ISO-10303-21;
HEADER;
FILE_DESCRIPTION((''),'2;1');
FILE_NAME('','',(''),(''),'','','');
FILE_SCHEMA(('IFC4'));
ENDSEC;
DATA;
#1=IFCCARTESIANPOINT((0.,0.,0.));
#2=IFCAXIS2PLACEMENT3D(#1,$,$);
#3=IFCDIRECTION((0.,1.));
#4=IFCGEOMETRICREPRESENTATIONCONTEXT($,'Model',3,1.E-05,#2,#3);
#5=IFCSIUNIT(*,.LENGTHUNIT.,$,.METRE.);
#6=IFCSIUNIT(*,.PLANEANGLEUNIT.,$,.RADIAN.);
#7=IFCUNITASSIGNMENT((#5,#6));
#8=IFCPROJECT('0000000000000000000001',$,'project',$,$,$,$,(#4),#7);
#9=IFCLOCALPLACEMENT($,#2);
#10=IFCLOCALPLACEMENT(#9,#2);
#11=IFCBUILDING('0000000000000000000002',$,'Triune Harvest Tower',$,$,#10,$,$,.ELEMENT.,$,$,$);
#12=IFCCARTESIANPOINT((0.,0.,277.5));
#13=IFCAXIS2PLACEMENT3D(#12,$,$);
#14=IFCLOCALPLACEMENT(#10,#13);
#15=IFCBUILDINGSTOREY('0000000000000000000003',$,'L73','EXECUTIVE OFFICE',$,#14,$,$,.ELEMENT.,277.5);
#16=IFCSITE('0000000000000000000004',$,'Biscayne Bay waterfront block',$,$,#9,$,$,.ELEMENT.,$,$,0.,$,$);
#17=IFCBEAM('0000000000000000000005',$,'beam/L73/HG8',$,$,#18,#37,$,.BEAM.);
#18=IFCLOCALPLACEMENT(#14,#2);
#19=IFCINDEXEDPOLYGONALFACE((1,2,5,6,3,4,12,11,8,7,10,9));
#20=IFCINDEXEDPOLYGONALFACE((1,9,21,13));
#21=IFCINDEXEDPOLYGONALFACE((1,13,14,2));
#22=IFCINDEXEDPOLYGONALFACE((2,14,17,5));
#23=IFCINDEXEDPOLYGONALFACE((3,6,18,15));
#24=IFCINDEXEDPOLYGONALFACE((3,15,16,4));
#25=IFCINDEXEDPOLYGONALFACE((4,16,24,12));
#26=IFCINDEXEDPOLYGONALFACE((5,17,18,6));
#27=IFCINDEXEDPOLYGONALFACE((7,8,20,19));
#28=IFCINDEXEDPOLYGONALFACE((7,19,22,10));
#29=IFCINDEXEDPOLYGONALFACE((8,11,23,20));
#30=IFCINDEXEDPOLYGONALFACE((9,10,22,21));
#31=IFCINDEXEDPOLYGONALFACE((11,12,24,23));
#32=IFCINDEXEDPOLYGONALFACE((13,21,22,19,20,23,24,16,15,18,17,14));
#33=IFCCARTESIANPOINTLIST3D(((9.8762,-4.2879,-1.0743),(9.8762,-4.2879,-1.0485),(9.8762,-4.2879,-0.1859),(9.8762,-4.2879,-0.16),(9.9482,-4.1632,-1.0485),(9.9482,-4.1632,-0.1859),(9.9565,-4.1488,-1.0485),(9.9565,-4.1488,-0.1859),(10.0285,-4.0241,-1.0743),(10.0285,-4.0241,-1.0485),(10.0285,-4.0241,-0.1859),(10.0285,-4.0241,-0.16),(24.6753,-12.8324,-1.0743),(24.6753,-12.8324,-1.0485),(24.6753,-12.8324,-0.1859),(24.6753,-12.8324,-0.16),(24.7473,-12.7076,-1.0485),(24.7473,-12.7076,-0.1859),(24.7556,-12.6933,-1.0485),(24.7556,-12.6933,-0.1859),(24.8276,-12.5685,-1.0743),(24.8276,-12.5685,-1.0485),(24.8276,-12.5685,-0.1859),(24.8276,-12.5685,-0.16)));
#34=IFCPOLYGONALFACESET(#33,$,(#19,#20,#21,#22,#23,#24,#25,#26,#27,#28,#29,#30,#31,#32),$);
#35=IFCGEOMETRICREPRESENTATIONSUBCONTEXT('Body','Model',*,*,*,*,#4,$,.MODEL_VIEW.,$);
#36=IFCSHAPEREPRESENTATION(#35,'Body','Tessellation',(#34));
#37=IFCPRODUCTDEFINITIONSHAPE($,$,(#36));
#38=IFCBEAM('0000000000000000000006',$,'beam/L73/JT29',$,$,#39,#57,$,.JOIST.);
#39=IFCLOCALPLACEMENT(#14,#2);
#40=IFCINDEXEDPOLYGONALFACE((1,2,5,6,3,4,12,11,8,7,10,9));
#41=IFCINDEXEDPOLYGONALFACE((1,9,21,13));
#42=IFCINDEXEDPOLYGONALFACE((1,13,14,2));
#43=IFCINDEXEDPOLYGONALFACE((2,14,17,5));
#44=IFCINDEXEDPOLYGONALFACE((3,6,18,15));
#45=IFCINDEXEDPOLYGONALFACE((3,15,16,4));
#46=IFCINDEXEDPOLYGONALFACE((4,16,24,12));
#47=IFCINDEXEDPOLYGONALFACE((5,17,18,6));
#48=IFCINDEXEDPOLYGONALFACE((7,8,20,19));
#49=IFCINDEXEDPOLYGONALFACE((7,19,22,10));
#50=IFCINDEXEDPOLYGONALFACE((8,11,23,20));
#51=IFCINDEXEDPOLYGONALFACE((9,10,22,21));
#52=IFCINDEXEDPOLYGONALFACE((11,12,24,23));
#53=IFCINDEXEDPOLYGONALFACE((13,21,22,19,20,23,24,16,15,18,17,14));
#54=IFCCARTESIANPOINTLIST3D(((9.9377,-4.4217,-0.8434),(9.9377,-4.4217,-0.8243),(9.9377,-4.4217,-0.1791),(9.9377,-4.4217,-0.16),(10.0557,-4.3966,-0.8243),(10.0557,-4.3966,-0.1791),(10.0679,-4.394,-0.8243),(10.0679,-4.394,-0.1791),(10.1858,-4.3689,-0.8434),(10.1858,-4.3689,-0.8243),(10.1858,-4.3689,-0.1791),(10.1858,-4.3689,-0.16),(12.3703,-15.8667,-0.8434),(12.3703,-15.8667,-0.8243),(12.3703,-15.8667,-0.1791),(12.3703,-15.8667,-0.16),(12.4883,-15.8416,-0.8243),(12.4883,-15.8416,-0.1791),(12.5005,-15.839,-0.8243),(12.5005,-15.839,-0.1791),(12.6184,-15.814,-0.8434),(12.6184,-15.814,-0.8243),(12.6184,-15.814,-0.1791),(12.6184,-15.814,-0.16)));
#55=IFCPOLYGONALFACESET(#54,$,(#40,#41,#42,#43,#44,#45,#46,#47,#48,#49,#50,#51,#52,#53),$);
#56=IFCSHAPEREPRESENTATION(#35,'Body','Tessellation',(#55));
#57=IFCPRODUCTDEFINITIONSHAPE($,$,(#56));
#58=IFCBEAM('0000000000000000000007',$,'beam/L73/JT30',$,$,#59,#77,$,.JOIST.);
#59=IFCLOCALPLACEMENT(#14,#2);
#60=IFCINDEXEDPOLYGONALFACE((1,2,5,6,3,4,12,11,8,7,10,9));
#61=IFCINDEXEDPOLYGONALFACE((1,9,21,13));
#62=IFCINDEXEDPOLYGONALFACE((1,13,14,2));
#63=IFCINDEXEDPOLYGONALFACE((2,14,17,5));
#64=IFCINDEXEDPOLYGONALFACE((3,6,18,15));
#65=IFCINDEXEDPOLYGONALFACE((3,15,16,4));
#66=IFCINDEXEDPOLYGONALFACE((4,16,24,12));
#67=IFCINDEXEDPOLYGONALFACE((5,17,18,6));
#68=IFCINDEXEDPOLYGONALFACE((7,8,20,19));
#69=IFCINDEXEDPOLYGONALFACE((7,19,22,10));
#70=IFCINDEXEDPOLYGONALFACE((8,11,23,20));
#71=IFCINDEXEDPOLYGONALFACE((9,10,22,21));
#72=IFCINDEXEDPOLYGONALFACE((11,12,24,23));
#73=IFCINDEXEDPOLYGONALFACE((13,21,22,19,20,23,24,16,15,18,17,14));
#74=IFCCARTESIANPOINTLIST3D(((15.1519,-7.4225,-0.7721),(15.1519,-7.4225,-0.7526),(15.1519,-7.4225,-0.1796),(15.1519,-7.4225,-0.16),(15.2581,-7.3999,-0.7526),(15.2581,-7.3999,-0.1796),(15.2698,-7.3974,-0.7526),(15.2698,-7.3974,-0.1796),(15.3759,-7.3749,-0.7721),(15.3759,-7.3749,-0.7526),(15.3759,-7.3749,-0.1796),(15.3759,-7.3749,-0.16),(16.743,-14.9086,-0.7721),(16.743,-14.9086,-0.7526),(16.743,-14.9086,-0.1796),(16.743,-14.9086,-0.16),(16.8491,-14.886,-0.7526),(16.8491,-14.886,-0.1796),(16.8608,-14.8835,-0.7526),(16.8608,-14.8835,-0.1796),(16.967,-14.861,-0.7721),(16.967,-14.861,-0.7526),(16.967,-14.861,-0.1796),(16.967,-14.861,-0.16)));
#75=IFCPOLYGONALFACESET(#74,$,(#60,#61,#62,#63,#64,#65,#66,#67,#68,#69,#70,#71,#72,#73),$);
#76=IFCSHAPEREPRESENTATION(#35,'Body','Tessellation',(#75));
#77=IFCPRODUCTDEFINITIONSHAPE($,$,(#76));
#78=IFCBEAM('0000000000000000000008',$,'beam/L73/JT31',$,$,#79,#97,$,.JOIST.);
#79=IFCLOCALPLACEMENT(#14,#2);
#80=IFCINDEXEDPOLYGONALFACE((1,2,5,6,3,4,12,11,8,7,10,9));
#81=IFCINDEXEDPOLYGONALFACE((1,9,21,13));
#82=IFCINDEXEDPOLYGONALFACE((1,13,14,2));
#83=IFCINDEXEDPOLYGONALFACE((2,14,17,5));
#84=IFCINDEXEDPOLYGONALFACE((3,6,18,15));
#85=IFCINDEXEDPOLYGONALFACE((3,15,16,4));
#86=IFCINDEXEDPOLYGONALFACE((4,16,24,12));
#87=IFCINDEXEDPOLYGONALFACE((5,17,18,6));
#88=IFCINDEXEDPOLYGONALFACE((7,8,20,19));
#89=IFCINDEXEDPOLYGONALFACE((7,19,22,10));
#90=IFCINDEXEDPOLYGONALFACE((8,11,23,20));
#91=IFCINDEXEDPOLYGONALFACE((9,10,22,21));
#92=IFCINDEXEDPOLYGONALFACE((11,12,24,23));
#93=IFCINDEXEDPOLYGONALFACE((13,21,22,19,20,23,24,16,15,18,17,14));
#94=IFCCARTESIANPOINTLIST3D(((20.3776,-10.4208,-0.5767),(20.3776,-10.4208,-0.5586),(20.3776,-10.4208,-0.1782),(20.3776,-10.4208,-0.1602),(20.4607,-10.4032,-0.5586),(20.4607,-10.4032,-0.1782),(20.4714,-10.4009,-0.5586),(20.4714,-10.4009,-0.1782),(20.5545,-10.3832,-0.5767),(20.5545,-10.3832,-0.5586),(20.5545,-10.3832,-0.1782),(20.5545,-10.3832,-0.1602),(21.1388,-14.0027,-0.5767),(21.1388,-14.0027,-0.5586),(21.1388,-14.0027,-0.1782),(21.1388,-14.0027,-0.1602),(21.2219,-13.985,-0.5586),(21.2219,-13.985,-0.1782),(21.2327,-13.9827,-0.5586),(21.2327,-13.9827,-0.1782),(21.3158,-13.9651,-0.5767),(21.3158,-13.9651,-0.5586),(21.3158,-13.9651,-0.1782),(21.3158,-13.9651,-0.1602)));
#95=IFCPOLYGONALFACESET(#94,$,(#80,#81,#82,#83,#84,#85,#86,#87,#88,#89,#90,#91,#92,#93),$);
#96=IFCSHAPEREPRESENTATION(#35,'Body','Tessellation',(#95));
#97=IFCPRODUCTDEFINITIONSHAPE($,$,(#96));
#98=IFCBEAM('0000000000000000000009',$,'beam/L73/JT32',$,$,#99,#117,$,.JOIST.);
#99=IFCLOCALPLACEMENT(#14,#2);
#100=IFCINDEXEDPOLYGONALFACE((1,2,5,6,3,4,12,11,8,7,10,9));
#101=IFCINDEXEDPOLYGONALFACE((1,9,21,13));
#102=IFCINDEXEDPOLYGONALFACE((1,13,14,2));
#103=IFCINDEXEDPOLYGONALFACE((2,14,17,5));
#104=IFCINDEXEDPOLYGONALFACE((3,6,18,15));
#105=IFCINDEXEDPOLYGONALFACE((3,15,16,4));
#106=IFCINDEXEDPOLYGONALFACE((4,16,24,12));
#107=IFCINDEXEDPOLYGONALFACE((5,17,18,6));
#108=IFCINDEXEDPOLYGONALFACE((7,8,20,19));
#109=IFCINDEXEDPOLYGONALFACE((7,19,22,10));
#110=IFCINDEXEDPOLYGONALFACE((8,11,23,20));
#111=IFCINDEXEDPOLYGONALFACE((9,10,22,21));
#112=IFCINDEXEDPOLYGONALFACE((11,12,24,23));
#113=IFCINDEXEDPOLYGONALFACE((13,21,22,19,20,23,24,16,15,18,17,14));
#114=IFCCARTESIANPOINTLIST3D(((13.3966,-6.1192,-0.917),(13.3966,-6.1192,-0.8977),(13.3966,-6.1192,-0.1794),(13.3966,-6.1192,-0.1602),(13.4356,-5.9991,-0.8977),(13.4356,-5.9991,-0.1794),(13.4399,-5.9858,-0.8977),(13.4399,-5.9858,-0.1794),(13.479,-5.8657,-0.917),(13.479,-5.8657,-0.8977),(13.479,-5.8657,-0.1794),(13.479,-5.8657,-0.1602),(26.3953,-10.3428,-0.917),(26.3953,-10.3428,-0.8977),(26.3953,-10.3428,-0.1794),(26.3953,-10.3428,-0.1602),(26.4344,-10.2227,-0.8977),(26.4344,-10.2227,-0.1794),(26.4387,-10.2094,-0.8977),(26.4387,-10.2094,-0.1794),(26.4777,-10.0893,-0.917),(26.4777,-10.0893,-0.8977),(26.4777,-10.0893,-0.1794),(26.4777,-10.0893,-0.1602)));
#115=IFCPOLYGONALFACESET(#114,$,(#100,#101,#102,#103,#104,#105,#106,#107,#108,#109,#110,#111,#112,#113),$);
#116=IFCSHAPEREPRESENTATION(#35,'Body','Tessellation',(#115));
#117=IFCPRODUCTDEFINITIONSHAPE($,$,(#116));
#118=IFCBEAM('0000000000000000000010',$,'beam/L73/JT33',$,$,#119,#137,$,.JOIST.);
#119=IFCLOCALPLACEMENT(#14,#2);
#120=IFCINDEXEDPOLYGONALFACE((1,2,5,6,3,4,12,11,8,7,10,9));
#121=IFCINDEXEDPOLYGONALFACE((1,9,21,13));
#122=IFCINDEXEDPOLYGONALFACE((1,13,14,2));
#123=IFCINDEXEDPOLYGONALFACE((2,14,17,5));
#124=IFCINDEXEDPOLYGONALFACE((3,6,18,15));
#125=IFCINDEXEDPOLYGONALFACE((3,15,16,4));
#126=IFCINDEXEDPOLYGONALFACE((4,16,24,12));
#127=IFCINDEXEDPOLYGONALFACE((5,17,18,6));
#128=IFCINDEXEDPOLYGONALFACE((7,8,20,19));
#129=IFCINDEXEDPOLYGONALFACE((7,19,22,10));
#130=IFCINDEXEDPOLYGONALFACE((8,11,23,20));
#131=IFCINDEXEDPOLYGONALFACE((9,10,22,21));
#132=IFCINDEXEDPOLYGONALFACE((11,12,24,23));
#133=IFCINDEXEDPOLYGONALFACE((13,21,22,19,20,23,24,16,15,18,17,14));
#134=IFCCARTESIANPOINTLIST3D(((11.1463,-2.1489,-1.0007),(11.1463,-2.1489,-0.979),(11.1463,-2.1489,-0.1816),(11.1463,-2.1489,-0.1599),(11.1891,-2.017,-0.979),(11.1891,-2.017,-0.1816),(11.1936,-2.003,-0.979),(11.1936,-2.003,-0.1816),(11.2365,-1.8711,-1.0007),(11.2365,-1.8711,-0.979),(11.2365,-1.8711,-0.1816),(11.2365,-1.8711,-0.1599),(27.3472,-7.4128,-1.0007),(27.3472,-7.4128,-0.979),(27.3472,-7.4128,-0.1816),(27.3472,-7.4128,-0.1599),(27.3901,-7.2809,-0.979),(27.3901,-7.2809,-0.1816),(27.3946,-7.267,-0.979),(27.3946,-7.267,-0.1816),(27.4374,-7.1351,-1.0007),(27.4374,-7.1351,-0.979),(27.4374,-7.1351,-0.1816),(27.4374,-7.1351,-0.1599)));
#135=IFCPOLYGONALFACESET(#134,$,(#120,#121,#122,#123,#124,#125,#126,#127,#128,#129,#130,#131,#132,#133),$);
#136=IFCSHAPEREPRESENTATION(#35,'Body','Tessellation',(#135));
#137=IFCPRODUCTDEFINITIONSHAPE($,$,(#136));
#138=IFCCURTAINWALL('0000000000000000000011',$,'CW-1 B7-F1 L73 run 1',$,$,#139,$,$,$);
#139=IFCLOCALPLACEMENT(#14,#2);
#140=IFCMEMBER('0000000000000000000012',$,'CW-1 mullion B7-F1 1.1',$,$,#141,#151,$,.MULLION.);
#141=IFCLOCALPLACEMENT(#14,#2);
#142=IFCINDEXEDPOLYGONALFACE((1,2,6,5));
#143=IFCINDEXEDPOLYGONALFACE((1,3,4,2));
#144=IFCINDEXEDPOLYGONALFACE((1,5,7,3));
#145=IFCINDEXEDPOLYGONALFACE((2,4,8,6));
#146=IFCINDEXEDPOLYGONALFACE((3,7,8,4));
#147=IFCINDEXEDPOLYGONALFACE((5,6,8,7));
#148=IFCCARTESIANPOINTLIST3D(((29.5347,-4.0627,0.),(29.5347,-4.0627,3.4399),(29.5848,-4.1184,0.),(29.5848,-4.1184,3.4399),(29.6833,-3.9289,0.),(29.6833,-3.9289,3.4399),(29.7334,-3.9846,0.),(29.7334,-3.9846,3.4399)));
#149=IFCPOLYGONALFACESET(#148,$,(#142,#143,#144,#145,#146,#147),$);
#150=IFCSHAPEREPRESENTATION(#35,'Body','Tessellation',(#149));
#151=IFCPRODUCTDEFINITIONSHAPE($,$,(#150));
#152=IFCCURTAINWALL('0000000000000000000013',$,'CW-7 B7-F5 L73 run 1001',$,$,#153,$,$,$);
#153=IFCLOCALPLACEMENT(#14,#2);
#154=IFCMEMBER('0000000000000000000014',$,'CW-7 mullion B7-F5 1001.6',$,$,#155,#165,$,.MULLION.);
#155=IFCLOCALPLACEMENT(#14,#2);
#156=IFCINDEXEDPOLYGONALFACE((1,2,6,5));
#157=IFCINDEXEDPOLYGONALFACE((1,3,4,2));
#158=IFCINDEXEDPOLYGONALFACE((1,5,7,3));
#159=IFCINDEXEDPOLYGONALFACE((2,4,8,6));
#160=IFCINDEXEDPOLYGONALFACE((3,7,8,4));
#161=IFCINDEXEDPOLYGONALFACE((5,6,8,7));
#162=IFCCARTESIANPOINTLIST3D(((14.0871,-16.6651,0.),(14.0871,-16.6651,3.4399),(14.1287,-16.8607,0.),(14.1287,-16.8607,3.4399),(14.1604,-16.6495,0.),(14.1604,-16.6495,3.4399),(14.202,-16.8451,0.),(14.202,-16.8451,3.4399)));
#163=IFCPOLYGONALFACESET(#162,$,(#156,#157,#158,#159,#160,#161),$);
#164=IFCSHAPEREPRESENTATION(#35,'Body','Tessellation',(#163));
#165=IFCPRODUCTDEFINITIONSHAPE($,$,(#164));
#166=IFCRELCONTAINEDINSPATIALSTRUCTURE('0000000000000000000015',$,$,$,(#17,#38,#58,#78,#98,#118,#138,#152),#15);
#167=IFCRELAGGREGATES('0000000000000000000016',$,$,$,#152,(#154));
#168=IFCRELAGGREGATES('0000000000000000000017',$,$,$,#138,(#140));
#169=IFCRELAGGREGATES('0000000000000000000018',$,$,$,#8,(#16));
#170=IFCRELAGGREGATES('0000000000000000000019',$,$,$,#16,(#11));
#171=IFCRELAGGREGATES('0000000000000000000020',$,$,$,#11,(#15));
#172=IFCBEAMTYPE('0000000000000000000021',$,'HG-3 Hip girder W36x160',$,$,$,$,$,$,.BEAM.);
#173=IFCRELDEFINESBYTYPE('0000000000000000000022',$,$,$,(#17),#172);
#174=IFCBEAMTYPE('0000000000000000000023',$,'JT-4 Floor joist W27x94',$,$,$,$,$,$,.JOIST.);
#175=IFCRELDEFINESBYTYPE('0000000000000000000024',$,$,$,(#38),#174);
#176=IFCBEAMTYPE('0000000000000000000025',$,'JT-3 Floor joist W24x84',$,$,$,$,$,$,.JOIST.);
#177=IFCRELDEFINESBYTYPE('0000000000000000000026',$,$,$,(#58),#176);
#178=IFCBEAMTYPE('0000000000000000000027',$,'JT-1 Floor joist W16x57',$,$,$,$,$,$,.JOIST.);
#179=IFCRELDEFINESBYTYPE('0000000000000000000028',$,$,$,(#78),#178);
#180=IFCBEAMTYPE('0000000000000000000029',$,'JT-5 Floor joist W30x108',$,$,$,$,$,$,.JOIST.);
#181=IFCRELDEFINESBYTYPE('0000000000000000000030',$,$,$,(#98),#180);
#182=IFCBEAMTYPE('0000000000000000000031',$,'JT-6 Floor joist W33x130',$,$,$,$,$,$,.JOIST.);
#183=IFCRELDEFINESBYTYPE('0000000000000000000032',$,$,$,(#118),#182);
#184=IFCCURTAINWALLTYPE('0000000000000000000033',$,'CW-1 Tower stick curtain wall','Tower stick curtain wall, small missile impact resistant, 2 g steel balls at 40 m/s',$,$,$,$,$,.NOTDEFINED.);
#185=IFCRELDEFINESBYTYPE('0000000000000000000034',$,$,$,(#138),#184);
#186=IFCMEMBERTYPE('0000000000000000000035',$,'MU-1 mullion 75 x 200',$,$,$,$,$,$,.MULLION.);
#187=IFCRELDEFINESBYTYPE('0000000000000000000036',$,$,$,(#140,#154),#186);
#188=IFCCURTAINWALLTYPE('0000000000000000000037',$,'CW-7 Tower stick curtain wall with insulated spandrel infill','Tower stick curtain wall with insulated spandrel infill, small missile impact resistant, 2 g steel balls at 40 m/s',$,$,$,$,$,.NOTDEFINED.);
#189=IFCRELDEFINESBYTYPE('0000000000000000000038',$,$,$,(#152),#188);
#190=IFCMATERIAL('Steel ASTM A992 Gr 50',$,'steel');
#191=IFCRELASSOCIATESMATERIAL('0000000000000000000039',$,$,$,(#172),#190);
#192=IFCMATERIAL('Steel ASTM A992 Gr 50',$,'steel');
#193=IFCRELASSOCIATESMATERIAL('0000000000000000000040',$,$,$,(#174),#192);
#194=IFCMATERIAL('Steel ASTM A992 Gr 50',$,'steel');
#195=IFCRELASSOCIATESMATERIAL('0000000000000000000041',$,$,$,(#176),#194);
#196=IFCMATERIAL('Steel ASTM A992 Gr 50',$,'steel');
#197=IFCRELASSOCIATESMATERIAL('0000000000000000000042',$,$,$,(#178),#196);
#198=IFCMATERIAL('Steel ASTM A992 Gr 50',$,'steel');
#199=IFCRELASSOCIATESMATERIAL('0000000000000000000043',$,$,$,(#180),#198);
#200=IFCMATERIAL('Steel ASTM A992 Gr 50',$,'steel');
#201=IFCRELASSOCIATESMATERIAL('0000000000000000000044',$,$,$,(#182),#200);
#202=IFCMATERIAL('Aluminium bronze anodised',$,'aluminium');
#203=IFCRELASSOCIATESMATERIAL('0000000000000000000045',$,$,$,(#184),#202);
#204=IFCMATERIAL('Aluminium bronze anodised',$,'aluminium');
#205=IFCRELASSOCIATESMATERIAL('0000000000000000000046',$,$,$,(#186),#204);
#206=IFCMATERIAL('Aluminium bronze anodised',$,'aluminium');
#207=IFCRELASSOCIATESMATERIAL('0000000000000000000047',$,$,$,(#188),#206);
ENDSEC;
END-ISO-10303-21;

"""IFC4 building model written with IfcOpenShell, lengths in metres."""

from ifc_helpers import new_model, si_unit, direction, frame, origin, origin_2d, place, context, subcontext, project, spatial, rectangle, i_section, extrude, source, transform, mapped, material, material_profile, profile_set, type_object, element, aggregate, save


model = new_model("IFC4")

# Units and contexts
model_context = context("Model", 3, precision=1e-05, world=origin(), true_north=direction((0.0, 1.0)))
body_context = subcontext(model_context, "Body", "Model", "MODEL_VIEW")
ifc_project = project(units=[si_unit("LENGTHUNIT", "METRE"), si_unit("PLANEANGLEUNIT", "RADIAN")], contexts=[model_context])

# Site, building, storey
site_placement = place(None, origin())
site = spatial("IfcSite", under=ifc_project, at=site_placement, Name="Biscayne Bay waterfront block", CompositionType="ELEMENT", RefElevation=0.0)
building_placement = place(site_placement, origin())
building = spatial("IfcBuilding", under=site, at=building_placement, Name="Triune Harvest Tower", CompositionType="ELEMENT")
storey_placement = place(building_placement, frame((0.0, 0.0, 277.5)))
storey = spatial("IfcBuildingStorey", under=building, at=storey_placement, Name="L73", Description="EXECUTIVE OFFICE", CompositionType="ELEMENT", Elevation=277.5)

# Beams
ifc_material_1 = material(Name="Steel ASTM A992 Gr 50", Category="steel")
ifc_material_profile_1 = material_profile(ifc_material_1, i_section(OverallWidth=0.3047, OverallDepth=0.9143, WebThickness=0.0166, FlangeThickness=0.0259, at=origin_2d()), Name="W36x160")
ifc_profile_set_1 = profile_set([ifc_material_profile_1], Name="Steel ASTM A992 Gr 50")
beam_type_1 = type_object("IfcBeamType", Name="HG-3 Hip girder W36x160", PredefinedType="BEAM", material=ifc_profile_set_1)
shared_shape_1 = source(origin(), body_context, "Body", "SweptSolid", [
    extrude(i_section(OverallWidth=0.3047, OverallDepth=0.9143, WebThickness=0.0166, FlangeThickness=0.0259, at=origin_2d()), origin(), (0.0, 0.0, 1.0), 17.0886),
])
beam_1_placement = place(storey_placement, frame((24.7515, -12.7004, -0.6172), z_axis=(-0.866021, 0.500008, 0.0), x_axis=(-0.500008, -0.866021, 0.0)))
element("IfcBeam", 1, at=beam_1_placement, inside=storey, type_object=beam_type_1, Name="beam/L73/HG8", PredefinedType="BEAM", context=body_context, shape_type="MappedRepresentation", body=[
    mapped(shared_shape_1, transform((0.0, 0.0, 0.0), scale=1.0)),
])
ifc_material_2 = material(Name="Steel ASTM A992 Gr 50", Category="steel")
ifc_material_profile_2 = material_profile(ifc_material_2, i_section(OverallWidth=0.2537, OverallDepth=0.6833, WebThickness=0.0125, FlangeThickness=0.019, at=origin_2d()), Name="W27x94")
ifc_profile_set_2 = profile_set([ifc_material_profile_2], Name="Steel ASTM A992 Gr 50")
beam_type_2 = type_object("IfcBeamType", Name="JT-4 Floor joist W27x94", PredefinedType="JOIST", material=ifc_profile_set_2)
shared_shape_2 = source(origin(), body_context, "Body", "SweptSolid", [
    extrude(i_section(OverallWidth=0.2537, OverallDepth=0.6833, WebThickness=0.0125, FlangeThickness=0.019, at=origin_2d()), origin(), (0.0, 0.0, 1.0), 11.7007),
])
beam_2_placement = place(storey_placement, frame((12.4944, -15.8403, -0.5017), z_axis=(-0.207903, 0.978149, 0.0), x_axis=(-0.978149, -0.207903, 0.0)))
element("IfcBeam", 2, at=beam_2_placement, inside=storey, type_object=beam_type_2, Name="beam/L73/JT29", PredefinedType="JOIST", context=body_context, shape_type="MappedRepresentation", body=[
    mapped(shared_shape_2, transform((0.0, 0.0, 0.0), scale=1.0)),
])
ifc_material_3 = material(Name="Steel ASTM A992 Gr 50", Category="steel")
ifc_material_profile_3 = material_profile(ifc_material_3, i_section(OverallWidth=0.229, OverallDepth=0.6121, WebThickness=0.012, FlangeThickness=0.0195, at=origin_2d()), Name="W24x84")
ifc_profile_set_3 = profile_set([ifc_material_profile_3], Name="Steel ASTM A992 Gr 50")
beam_type_3 = type_object("IfcBeamType", Name="JT-3 Floor joist W24x84", PredefinedType="JOIST", material=ifc_profile_set_3)
shared_shape_3 = source(origin(), body_context, "Body", "SweptSolid", [
    extrude(i_section(OverallWidth=0.229, OverallDepth=0.6121, WebThickness=0.012, FlangeThickness=0.0195, at=origin_2d()), origin(), (0.0, 0.0, 1.0), 7.6533),
])
beam_3_placement = place(storey_placement, frame((16.855, -14.8848, -0.4661), z_axis=(-0.207893, 0.978152, 0.0), x_axis=(-0.978152, -0.207893, 0.0)))
element("IfcBeam", 3, at=beam_3_placement, inside=storey, type_object=beam_type_3, Name="beam/L73/JT30", PredefinedType="JOIST", context=body_context, shape_type="MappedRepresentation", body=[
    mapped(shared_shape_3, transform((0.0, 0.0, 0.0), scale=1.0)),
])
ifc_material_4 = material(Name="Steel ASTM A992 Gr 50", Category="steel")
ifc_material_profile_4 = material_profile(ifc_material_4, i_section(OverallWidth=0.1809, OverallDepth=0.4165, WebThickness=0.011, FlangeThickness=0.0181, at=origin_2d()), Name="W16x57")
ifc_profile_set_4 = profile_set([ifc_material_profile_4], Name="Steel ASTM A992 Gr 50")
beam_type_4 = type_object("IfcBeamType", Name="JT-1 Floor joist W16x57", PredefinedType="JOIST", material=ifc_profile_set_4)
shared_shape_4 = source(origin(), body_context, "Body", "SweptSolid", [
    extrude(i_section(OverallWidth=0.1809, OverallDepth=0.4165, WebThickness=0.011, FlangeThickness=0.0181, at=origin_2d()), origin(), (0.0, 0.0, 1.0), 3.6619),
])
beam_4_placement = place(storey_placement, frame((21.2273, -13.9839, -0.3684), z_axis=(-0.207885, 0.978153, 0.0), x_axis=(-0.978153, -0.207885, 0.0)))
element("IfcBeam", 4, at=beam_4_placement, inside=storey, type_object=beam_type_4, Name="beam/L73/JT31", PredefinedType="JOIST", context=body_context, shape_type="MappedRepresentation", body=[
    mapped(shared_shape_4, transform((0.0, 0.0, 0.0), scale=1.0)),
])
ifc_material_5 = material(Name="Steel ASTM A992 Gr 50", Category="steel")
ifc_material_profile_5 = material_profile(ifc_material_5, i_section(OverallWidth=0.2666, OverallDepth=0.7568, WebThickness=0.0139, FlangeThickness=0.0193, at=origin_2d()), Name="W30x108")
ifc_profile_set_5 = profile_set([ifc_material_profile_5], Name="Steel ASTM A992 Gr 50")
beam_type_5 = type_object("IfcBeamType", Name="JT-5 Floor joist W30x108", PredefinedType="JOIST", material=ifc_profile_set_5)
shared_shape_5 = source(origin(), body_context, "Body", "SweptSolid", [
    extrude(i_section(OverallWidth=0.2666, OverallDepth=0.7568, WebThickness=0.0139, FlangeThickness=0.0193, at=origin_2d()), origin(), (0.0, 0.0, 1.0), 13.6677),
])
beam_5_placement = place(storey_placement, frame((26.4365, -10.2161, -0.5386), z_axis=(-0.951055, 0.309022, 0.0), x_axis=(-0.309022, -0.951055, 0.0)))
element("IfcBeam", 5, at=beam_5_placement, inside=storey, type_object=beam_type_5, Name="beam/L73/JT32", PredefinedType="JOIST", context=body_context, shape_type="MappedRepresentation", body=[
    mapped(shared_shape_5, transform((0.0, 0.0, 0.0), scale=1.0)),
])
ifc_material_6 = material(Name="Steel ASTM A992 Gr 50", Category="steel")
ifc_material_profile_6 = material_profile(ifc_material_6, i_section(OverallWidth=0.292, OverallDepth=0.8408, WebThickness=0.0146, FlangeThickness=0.0217, at=origin_2d()), Name="W33x130")
ifc_profile_set_6 = profile_set([ifc_material_profile_6], Name="Steel ASTM A992 Gr 50")
beam_type_6 = type_object("IfcBeamType", Name="JT-6 Floor joist W33x130", PredefinedType="JOIST", material=ifc_profile_set_6)
shared_shape_6 = source(origin(), body_context, "Body", "SweptSolid", [
    extrude(i_section(OverallWidth=0.292, OverallDepth=0.8408, WebThickness=0.0146, FlangeThickness=0.0217, at=origin_2d()), origin(), (0.0, 0.0, 1.0), 17.0347),
])
beam_6_placement = place(storey_placement, frame((27.3923, -7.2739, -0.5803), z_axis=(-0.951058, 0.309013, 0.0), x_axis=(-0.309013, -0.951058, 0.0)))
element("IfcBeam", 6, at=beam_6_placement, inside=storey, type_object=beam_type_6, Name="beam/L73/JT33", PredefinedType="JOIST", context=body_context, shape_type="MappedRepresentation", body=[
    mapped(shared_shape_6, transform((0.0, 0.0, 0.0), scale=1.0)),
])

# Curtain walls, members
ifc_material_7 = material(Name="Aluminium bronze anodised", Category="aluminium")
curtain_wall_type_1 = type_object("IfcCurtainWallType", Name="CW-1 Tower stick curtain wall", Description="Tower stick curtain wall, small missile impact resistant, 2 g steel balls at 40 m/s", PredefinedType="NOTDEFINED", material=ifc_material_7)
curtain_wall_1_placement = place(storey_placement, origin())
curtain_wall_1 = element("IfcCurtainWall", 7, at=curtain_wall_1_placement, inside=storey, type_object=curtain_wall_type_1, Name="CW-1 B7-F1 L73 run 1")
ifc_material_8 = material(Name="Aluminium bronze anodised", Category="aluminium")
ifc_material_profile_7 = material_profile(ifc_material_8, rectangle(XDim=0.2, YDim=0.075, at=origin_2d()), Name="MU-1 mullion 75 x 200")
ifc_profile_set_7 = profile_set([ifc_material_profile_7], Name="Aluminium bronze anodised")
member_type_1 = type_object("IfcMemberType", Name="MU-1 mullion 75 x 200", PredefinedType="MULLION", material=ifc_profile_set_7)
shared_shape_7 = source(origin(), body_context, "Body", "SweptSolid", [
    extrude(rectangle(XDim=0.2, YDim=0.075, at=origin_2d()), origin(), (0.0, 0.0, 1.0), 3.4399),
])
member_1_placement = place(storey_placement, frame((29.634, -4.0237, 0.0), z_axis=(0.0, 0.0, 1.0), x_axis=(-0.743144, -0.669131, 0.0)))
member_1 = element("IfcMember", 8, at=member_1_placement, type_object=member_type_1, Name="CW-1 mullion B7-F1 1.1", PredefinedType="MULLION", context=body_context, shape_type="MappedRepresentation", body=[
    mapped(shared_shape_7, transform((0.0, 0.0, 0.0), scale=1.0)),
])
ifc_material_9 = material(Name="Aluminium bronze anodised", Category="aluminium")
curtain_wall_type_2 = type_object("IfcCurtainWallType", Name="CW-7 Tower stick curtain wall with insulated spandrel infill", Description="Tower stick curtain wall with insulated spandrel infill, small missile impact resistant, 2 g steel balls at 40 m/s", PredefinedType="NOTDEFINED", material=ifc_material_9)
curtain_wall_2_placement = place(storey_placement, origin())
curtain_wall_2 = element("IfcCurtainWall", 9, at=curtain_wall_2_placement, inside=storey, type_object=curtain_wall_type_2, Name="CW-7 B7-F5 L73 run 1001")
member_2_placement = place(storey_placement, frame((14.1445, -16.7551, 0.0), z_axis=(0.0, 0.0, 1.0), x_axis=(-0.207913, 0.978147, 0.0)))
member_2 = element("IfcMember", 10, at=member_2_placement, type_object=member_type_1, Name="CW-7 mullion B7-F5 1001.6", PredefinedType="MULLION", context=body_context, shape_type="MappedRepresentation", body=[
    mapped(shared_shape_7, transform((0.0, 0.0, 0.0), scale=1.0)),
])
aggregate(curtain_wall_2, [member_2])

aggregate(curtain_wall_1, [member_1])

save(model, "model.ifc")
